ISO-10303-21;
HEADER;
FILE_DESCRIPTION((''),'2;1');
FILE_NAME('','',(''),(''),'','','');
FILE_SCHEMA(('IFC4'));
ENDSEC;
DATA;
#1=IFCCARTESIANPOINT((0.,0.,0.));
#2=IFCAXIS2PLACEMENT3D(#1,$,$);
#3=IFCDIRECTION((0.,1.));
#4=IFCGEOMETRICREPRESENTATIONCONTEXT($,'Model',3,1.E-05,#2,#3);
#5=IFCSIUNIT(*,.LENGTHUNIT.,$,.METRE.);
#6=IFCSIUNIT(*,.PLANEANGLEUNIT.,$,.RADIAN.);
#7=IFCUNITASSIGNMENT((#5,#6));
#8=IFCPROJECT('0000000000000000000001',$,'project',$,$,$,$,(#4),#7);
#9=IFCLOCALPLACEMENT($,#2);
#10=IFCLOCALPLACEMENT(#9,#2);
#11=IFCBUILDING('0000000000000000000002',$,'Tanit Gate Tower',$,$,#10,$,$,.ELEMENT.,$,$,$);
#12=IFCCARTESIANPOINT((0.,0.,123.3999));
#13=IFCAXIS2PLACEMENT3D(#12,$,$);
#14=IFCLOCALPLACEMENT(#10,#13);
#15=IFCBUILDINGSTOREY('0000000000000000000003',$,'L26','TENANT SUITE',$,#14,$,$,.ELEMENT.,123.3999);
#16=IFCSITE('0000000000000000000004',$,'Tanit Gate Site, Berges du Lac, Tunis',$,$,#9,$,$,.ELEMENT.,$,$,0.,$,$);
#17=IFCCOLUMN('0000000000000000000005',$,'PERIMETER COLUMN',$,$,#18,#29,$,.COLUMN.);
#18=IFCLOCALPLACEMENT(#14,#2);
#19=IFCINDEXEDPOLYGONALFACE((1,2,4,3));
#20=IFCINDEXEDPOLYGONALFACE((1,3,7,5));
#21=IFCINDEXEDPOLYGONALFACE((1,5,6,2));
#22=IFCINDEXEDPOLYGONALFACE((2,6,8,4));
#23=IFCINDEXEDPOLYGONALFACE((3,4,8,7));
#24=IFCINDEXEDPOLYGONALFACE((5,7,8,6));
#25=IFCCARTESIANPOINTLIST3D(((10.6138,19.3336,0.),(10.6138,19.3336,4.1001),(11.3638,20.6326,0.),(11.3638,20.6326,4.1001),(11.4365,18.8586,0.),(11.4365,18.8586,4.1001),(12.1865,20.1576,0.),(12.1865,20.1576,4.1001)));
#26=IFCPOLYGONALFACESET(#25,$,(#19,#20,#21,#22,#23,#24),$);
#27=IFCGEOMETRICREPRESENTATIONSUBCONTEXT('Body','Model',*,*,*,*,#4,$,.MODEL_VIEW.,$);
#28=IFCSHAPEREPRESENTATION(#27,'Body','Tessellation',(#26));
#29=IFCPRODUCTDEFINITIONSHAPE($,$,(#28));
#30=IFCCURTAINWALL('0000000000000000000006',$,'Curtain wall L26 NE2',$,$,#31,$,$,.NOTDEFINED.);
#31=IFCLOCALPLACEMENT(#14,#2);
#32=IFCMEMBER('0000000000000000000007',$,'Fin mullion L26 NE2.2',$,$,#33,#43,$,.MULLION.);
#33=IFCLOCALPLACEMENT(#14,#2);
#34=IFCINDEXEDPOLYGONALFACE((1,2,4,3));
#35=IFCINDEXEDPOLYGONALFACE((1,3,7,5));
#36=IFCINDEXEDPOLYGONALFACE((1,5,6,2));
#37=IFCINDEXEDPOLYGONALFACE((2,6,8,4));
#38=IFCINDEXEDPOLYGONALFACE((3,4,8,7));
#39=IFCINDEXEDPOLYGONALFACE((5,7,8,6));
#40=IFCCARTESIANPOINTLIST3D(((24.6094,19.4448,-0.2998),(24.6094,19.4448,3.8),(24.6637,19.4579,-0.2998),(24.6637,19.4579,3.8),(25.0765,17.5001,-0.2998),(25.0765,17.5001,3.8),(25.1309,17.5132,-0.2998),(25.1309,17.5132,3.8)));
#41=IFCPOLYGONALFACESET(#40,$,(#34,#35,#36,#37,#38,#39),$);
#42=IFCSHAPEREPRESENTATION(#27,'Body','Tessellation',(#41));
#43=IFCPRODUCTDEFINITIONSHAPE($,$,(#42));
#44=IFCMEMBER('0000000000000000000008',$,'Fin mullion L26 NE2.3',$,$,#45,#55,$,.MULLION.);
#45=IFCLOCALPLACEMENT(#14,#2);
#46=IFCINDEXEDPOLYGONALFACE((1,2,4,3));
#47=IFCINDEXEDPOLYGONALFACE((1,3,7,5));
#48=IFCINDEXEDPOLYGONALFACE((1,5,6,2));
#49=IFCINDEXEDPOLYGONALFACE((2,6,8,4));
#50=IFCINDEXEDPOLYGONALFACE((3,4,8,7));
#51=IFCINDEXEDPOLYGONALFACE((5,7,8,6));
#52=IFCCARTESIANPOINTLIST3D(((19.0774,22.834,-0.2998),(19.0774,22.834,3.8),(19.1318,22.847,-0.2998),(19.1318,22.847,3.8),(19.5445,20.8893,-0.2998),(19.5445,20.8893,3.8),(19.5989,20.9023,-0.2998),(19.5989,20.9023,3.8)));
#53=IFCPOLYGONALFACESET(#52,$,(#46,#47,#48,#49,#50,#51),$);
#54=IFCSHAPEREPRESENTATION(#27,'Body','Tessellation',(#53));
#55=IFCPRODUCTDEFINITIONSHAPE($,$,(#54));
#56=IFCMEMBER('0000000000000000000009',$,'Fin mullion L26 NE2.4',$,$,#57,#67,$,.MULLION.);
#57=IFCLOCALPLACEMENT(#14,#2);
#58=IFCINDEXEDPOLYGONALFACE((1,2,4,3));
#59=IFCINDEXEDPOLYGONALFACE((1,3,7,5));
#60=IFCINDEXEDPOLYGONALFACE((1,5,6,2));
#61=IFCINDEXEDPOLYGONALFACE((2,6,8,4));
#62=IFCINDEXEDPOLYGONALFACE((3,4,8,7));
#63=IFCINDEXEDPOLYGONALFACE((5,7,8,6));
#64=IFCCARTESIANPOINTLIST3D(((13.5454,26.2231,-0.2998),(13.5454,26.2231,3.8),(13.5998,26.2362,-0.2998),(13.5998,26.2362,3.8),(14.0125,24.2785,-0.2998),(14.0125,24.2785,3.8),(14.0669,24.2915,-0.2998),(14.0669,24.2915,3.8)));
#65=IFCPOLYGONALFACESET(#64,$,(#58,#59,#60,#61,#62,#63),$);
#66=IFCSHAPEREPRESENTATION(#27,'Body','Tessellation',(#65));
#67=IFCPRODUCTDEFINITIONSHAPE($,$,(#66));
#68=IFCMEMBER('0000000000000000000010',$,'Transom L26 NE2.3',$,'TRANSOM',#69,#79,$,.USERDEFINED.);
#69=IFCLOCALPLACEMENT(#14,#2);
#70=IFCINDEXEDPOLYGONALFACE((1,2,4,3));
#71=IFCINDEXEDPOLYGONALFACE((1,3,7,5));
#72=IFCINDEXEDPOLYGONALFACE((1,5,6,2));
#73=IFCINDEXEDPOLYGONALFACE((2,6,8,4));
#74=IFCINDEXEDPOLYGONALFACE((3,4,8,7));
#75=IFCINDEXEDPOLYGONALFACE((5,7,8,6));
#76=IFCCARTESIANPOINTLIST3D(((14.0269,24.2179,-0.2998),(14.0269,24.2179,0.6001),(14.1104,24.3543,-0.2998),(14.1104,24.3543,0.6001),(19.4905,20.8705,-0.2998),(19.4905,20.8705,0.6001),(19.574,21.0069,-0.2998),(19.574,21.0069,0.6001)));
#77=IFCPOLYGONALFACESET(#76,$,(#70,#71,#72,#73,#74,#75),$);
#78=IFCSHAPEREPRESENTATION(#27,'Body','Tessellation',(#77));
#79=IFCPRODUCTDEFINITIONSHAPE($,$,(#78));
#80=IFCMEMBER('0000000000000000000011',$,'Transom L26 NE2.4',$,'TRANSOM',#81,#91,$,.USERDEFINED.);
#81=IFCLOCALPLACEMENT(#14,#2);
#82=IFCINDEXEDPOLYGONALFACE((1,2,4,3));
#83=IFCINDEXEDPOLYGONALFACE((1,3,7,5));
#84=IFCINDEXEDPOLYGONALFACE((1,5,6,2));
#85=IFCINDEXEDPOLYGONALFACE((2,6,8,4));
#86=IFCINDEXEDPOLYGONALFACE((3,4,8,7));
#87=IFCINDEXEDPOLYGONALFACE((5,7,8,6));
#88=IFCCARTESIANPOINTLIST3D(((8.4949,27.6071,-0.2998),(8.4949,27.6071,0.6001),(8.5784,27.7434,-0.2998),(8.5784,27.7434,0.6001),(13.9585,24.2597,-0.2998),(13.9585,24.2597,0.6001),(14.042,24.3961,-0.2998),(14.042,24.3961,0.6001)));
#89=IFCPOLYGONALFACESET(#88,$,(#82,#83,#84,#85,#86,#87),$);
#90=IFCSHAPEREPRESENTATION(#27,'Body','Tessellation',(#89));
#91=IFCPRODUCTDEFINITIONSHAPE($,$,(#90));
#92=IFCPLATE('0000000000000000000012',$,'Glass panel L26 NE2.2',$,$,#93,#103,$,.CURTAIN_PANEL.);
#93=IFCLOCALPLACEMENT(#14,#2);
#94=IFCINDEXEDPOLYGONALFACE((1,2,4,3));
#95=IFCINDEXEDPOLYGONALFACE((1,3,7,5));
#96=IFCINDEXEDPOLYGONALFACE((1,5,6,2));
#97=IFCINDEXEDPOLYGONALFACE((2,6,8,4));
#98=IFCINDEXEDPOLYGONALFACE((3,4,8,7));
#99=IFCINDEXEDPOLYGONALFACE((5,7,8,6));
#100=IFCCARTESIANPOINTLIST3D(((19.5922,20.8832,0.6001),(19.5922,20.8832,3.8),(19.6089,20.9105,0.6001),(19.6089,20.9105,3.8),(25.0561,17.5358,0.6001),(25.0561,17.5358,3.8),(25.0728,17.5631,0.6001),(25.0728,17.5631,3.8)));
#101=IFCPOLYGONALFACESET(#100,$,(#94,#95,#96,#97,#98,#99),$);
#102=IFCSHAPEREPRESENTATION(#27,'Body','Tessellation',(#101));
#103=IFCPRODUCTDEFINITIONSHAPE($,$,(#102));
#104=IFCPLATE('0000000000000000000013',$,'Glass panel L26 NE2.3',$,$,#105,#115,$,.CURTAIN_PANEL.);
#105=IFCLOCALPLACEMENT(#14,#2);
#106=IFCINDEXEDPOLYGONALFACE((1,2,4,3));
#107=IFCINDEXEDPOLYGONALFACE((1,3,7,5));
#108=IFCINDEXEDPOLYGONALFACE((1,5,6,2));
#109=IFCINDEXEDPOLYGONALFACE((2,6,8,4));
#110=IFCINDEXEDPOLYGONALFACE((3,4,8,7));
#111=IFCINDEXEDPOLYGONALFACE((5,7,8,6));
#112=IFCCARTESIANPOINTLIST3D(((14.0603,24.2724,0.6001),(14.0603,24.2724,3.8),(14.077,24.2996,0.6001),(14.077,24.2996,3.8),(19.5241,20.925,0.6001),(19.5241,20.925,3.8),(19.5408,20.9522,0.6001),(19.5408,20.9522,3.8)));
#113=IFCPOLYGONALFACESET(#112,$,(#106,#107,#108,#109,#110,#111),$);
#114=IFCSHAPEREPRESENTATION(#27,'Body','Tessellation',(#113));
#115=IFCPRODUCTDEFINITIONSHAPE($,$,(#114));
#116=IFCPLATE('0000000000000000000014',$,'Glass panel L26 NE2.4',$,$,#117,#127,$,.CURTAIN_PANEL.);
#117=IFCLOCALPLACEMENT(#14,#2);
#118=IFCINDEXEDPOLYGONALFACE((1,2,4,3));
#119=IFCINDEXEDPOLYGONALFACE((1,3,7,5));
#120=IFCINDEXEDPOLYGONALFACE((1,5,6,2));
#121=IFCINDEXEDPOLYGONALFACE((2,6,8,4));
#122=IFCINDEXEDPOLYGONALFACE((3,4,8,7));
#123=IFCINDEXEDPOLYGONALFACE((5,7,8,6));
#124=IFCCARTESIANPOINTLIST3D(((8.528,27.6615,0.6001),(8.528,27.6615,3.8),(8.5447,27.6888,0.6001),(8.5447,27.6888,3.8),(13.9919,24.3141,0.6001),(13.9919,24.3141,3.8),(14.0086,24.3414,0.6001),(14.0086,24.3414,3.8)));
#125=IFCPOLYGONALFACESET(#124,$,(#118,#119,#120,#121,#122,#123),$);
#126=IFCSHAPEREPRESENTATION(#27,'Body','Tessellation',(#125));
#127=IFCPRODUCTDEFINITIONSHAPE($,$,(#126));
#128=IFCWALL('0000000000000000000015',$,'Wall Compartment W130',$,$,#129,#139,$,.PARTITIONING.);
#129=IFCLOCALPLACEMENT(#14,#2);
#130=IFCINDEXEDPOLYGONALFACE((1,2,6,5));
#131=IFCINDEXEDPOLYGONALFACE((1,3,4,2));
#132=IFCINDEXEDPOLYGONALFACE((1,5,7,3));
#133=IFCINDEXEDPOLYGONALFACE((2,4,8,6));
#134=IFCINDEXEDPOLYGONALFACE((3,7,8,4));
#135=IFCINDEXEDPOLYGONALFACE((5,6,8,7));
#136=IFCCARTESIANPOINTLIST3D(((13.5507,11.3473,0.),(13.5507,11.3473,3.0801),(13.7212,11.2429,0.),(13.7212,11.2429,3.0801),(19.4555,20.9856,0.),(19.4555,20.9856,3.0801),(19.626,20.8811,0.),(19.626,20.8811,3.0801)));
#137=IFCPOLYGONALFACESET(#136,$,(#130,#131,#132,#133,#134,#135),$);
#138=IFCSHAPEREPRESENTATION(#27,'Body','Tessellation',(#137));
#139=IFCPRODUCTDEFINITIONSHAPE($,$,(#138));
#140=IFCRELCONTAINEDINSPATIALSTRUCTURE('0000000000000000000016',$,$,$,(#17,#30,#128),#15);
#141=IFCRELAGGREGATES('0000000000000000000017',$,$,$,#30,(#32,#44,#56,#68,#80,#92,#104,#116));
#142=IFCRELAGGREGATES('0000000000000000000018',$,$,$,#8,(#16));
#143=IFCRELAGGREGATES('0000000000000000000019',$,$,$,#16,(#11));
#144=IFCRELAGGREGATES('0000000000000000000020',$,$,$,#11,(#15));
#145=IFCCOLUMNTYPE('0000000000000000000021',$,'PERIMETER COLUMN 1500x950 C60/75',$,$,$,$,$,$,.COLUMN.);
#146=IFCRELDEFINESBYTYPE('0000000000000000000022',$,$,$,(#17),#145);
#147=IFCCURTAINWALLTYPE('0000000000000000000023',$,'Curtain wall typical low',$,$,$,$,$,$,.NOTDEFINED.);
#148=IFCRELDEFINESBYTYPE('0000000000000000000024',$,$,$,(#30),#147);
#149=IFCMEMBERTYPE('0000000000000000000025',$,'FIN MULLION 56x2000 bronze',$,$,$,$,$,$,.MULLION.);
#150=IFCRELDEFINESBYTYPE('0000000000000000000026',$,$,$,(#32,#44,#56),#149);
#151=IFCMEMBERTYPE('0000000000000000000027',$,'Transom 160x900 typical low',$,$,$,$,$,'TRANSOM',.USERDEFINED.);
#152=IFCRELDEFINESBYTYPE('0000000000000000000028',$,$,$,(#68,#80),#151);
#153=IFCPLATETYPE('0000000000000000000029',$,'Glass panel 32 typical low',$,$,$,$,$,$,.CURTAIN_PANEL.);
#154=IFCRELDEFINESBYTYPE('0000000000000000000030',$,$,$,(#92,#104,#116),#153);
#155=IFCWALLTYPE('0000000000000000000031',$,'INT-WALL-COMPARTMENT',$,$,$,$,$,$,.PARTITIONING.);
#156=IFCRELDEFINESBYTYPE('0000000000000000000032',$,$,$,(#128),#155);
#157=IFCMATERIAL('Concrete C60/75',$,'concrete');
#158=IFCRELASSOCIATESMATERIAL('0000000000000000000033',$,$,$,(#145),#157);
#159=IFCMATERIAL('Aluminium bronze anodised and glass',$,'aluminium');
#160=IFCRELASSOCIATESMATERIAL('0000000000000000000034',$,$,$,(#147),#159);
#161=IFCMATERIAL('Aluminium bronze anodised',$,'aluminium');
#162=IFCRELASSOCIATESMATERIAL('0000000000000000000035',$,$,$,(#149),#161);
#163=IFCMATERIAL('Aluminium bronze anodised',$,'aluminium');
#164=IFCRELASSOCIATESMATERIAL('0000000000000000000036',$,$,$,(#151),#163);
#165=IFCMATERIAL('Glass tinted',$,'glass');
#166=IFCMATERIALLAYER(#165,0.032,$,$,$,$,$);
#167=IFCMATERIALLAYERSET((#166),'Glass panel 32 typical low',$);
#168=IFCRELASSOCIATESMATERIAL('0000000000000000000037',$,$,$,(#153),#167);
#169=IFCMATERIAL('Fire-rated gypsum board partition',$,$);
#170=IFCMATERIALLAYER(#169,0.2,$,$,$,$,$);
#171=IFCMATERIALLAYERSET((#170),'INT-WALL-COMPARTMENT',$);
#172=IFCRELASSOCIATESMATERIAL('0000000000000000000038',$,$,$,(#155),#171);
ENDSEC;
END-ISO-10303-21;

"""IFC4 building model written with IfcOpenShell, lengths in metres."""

from ifc_helpers import new_model, si_unit, direction, frame, frame_2d, origin, origin_2d, place, context, subcontext, project, spatial, rectangle, extrude, material, layer, layer_set, material_profile, profile_set, type_object, element, aggregate, save


model = new_model("IFC4")

# Units and contexts
model_context = context("Model", 3, precision=1e-05, world=origin(), true_north=direction((0.0, 1.0)))
body_context = subcontext(model_context, "Body", "Model", "MODEL_VIEW")
ifc_project = project(units=[si_unit("LENGTHUNIT", "METRE"), si_unit("PLANEANGLEUNIT", "RADIAN")], contexts=[model_context])

# Site, building, storey
site_placement = place(None, origin())
site = spatial("IfcSite", under=ifc_project, at=site_placement, Name="Tanit Gate Site, Berges du Lac, Tunis", CompositionType="ELEMENT", RefElevation=0.0)
building_placement = place(site_placement, origin())
building = spatial("IfcBuilding", under=site, at=building_placement, Name="Tanit Gate Tower", CompositionType="ELEMENT")
storey_placement = place(building_placement, frame((0.0, 0.0, 123.3999)))
storey = spatial("IfcBuildingStorey", under=building, at=storey_placement, Name="L26", Description="TENANT SUITE", CompositionType="ELEMENT", Elevation=123.3999)

# Column
ifc_material_1 = material(Name="Concrete C60/75", Category="concrete")
ifc_material_profile_1 = material_profile(ifc_material_1, rectangle(XDim=1.5, YDim=0.95, at=origin_2d()), Name="RC 1500x950")
ifc_profile_set_1 = profile_set([ifc_material_profile_1], Name="Concrete C60/75")
column_type = type_object("IfcColumnType", Name="PERIMETER COLUMN 1500x950 C60/75", PredefinedType="COLUMN", material=ifc_profile_set_1)
column_placement = place(storey_placement, frame((11.4001, 19.7456, 0.0), z_axis=(0.0, 0.0, 1.0), x_axis=(0.5, 0.866025, 0.0)))
element("IfcColumn", 1, at=column_placement, inside=storey, type_object=column_type, Name="PERIMETER COLUMN", PredefinedType="COLUMN", context=body_context, shape_type="SweptSolid", body=[
    extrude(rectangle(XDim=1.5, YDim=0.95, at=origin_2d()), origin(), (0.0, 0.0, 1.0), 4.1001),
])

# Curtain wall, members, plates
ifc_material_2 = material(Name="Aluminium bronze anodised and glass", Category="aluminium")
curtain_wall_type = type_object("IfcCurtainWallType", Name="Curtain wall typical low", PredefinedType="NOTDEFINED", material=ifc_material_2)
curtain_wall_placement = place(storey_placement, origin())
curtain_wall = element("IfcCurtainWall", 2, at=curtain_wall_placement, inside=storey, type_object=curtain_wall_type, Name="Curtain wall L26 NE2", PredefinedType="NOTDEFINED")
ifc_material_3 = material(Name="Aluminium bronze anodised", Category="aluminium")
ifc_material_profile_2 = material_profile(ifc_material_3, rectangle(XDim=2.0, YDim=0.0559, at=origin_2d()), Name="56x2000 bronze fin mullion")
ifc_profile_set_2 = profile_set([ifc_material_profile_2], Name="Aluminium bronze anodised")
member_type_1 = type_object("IfcMemberType", Name="FIN MULLION 56x2000 bronze", PredefinedType="MULLION", material=ifc_profile_set_2)
member_1_placement = place(storey_placement, frame((24.8701, 18.479, -0.2998), z_axis=(0.0, 0.0, 1.0), x_axis=(0.233557, -0.972343, 0.0)))
member_1 = element("IfcMember", 3, at=member_1_placement, type_object=member_type_1, Name="Fin mullion L26 NE2.2", PredefinedType="MULLION", context=body_context, shape_type="SweptSolid", body=[
    extrude(rectangle(XDim=2.0, YDim=0.0559, at=origin_2d()), origin(), (0.0, 0.0, 1.0), 4.0999),
])
member_2_placement = place(storey_placement, frame((19.3381, 21.8682, -0.2998), z_axis=(0.0, 0.0, 1.0), x_axis=(0.233557, -0.972343, 0.0)))
member_2 = element("IfcMember", 4, at=member_2_placement, type_object=member_type_1, Name="Fin mullion L26 NE2.3", PredefinedType="MULLION", context=body_context, shape_type="SweptSolid", body=[
    extrude(rectangle(XDim=2.0, YDim=0.0559, at=origin_2d()), origin(), (0.0, 0.0, 1.0), 4.0999),
])
member_3_placement = place(storey_placement, frame((13.8062, 25.2573, -0.2998), z_axis=(0.0, 0.0, 1.0), x_axis=(0.233557, -0.972343, 0.0)))
member_3 = element("IfcMember", 5, at=member_3_placement, type_object=member_type_1, Name="Fin mullion L26 NE2.4", PredefinedType="MULLION", context=body_context, shape_type="SweptSolid", body=[
    extrude(rectangle(XDim=2.0, YDim=0.0559, at=origin_2d()), origin(), (0.0, 0.0, 1.0), 4.0999),
])
ifc_material_4 = material(Name="Aluminium bronze anodised", Category="aluminium")
ifc_material_profile_3 = material_profile(ifc_material_4, rectangle(XDim=0.1599, YDim=0.8999, at=origin_2d()), Name="160x900 bronze transom")
ifc_profile_set_3 = profile_set([ifc_material_profile_3], Name="Aluminium bronze anodised")
member_type_2 = type_object("IfcMemberType", Name="Transom 160x900 typical low", ElementType="TRANSOM", PredefinedType="USERDEFINED", material=ifc_profile_set_3)
member_4_placement = place(storey_placement, frame((19.5322, 20.9387, 0.1501), z_axis=(-0.852689, 0.522419, 0.0), x_axis=(-0.522419, -0.852689, 0.0)))
member_4 = element("IfcMember", 6, at=member_4_placement, type_object=member_type_2, Name="Transom L26 NE2.3", ObjectType="TRANSOM", PredefinedType="USERDEFINED", context=body_context, shape_type="SweptSolid", body=[
    extrude(rectangle(XDim=0.1599, YDim=0.8999, at=origin_2d()), origin(), (0.0, 0.0, 1.0), 6.4075),
])
member_5_placement = place(storey_placement, frame((14.0002, 24.3279, 0.1501), z_axis=(-0.852689, 0.522419, 0.0), x_axis=(-0.522419, -0.852689, 0.0)))
member_5 = element("IfcMember", 7, at=member_5_placement, type_object=member_type_2, Name="Transom L26 NE2.4", ObjectType="TRANSOM", PredefinedType="USERDEFINED", context=body_context, shape_type="SweptSolid", body=[
    extrude(rectangle(XDim=0.1599, YDim=0.8999, at=origin_2d()), origin(), (0.0, 0.0, 1.0), 6.4075),
])
ifc_material_5 = material(Name="Glass tinted", Category="glass")
ifc_layer_1 = layer(ifc_material_5, 0.032)
ifc_layer_set_1 = layer_set([ifc_layer_1], Name="Glass panel 32 typical low")
plate_type = type_object("IfcPlateType", Name="Glass panel 32 typical low", PredefinedType="CURTAIN_PANEL", material=ifc_layer_set_1)
plate_1_placement = place(storey_placement, frame((22.3325, 19.2231, 0.6001), z_axis=(0.0, 0.0, 1.0), x_axis=(-0.8527, 0.522401, 0.0)))
plate_1 = element("IfcPlate", 8, at=plate_1_placement, type_object=plate_type, Name="Glass panel L26 NE2.2", PredefinedType="CURTAIN_PANEL", context=body_context, shape_type="SweptSolid", body=[
    extrude(rectangle(XDim=6.4077, YDim=0.032, at=origin_2d()), origin(), (0.0, 0.0, 1.0), 3.2),
])
plate_2_placement = place(storey_placement, frame((16.8005, 22.6123, 0.6001), z_axis=(0.0, 0.0, 1.0), x_axis=(-0.8527, 0.522401, 0.0)))
plate_2 = element("IfcPlate", 9, at=plate_2_placement, type_object=plate_type, Name="Glass panel L26 NE2.3", PredefinedType="CURTAIN_PANEL", context=body_context, shape_type="SweptSolid", body=[
    extrude(rectangle(XDim=6.4077, YDim=0.032, at=origin_2d()), origin(), (0.0, 0.0, 1.0), 3.2),
])
plate_3_placement = place(storey_placement, frame((11.2683, 26.0015, 0.6001), z_axis=(0.0, 0.0, 1.0), x_axis=(-0.8527, 0.522401, 0.0)))
plate_3 = element("IfcPlate", 10, at=plate_3_placement, type_object=plate_type, Name="Glass panel L26 NE2.4", PredefinedType="CURTAIN_PANEL", context=body_context, shape_type="SweptSolid", body=[
    extrude(rectangle(XDim=6.4077, YDim=0.032, at=origin_2d()), origin(), (0.0, 0.0, 1.0), 3.2),
])
aggregate(curtain_wall, [member_1, member_2, member_3, member_4, member_5, plate_1, plate_2, plate_3])

# Wall
ifc_material_6 = material(Name="Fire-rated gypsum board partition")
ifc_layer_2 = layer(ifc_material_6, 0.2)
ifc_layer_set_2 = layer_set([ifc_layer_2], Name="INT-WALL-COMPARTMENT")
wall_type = type_object("IfcWallType", Name="INT-WALL-COMPARTMENT", PredefinedType="PARTITIONING", material=ifc_layer_set_2)
wall_placement = place(storey_placement, frame((19.5408, 20.9333, 0.0), z_axis=(0.0, 0.0, 1.0), x_axis=(-0.522402, -0.852699, 0.0)))
element("IfcWall", 11, at=wall_placement, inside=storey, type_object=wall_type, Name="Wall Compartment W130", PredefinedType="PARTITIONING", context=body_context, shape_type="SweptSolid", body=[
    extrude(rectangle(XDim=11.3032, YDim=0.2, at=frame_2d((5.6516, 0.0))), origin(), (0.0, 0.0, 1.0), 3.0801),
])

save(model, "model.ifc")
